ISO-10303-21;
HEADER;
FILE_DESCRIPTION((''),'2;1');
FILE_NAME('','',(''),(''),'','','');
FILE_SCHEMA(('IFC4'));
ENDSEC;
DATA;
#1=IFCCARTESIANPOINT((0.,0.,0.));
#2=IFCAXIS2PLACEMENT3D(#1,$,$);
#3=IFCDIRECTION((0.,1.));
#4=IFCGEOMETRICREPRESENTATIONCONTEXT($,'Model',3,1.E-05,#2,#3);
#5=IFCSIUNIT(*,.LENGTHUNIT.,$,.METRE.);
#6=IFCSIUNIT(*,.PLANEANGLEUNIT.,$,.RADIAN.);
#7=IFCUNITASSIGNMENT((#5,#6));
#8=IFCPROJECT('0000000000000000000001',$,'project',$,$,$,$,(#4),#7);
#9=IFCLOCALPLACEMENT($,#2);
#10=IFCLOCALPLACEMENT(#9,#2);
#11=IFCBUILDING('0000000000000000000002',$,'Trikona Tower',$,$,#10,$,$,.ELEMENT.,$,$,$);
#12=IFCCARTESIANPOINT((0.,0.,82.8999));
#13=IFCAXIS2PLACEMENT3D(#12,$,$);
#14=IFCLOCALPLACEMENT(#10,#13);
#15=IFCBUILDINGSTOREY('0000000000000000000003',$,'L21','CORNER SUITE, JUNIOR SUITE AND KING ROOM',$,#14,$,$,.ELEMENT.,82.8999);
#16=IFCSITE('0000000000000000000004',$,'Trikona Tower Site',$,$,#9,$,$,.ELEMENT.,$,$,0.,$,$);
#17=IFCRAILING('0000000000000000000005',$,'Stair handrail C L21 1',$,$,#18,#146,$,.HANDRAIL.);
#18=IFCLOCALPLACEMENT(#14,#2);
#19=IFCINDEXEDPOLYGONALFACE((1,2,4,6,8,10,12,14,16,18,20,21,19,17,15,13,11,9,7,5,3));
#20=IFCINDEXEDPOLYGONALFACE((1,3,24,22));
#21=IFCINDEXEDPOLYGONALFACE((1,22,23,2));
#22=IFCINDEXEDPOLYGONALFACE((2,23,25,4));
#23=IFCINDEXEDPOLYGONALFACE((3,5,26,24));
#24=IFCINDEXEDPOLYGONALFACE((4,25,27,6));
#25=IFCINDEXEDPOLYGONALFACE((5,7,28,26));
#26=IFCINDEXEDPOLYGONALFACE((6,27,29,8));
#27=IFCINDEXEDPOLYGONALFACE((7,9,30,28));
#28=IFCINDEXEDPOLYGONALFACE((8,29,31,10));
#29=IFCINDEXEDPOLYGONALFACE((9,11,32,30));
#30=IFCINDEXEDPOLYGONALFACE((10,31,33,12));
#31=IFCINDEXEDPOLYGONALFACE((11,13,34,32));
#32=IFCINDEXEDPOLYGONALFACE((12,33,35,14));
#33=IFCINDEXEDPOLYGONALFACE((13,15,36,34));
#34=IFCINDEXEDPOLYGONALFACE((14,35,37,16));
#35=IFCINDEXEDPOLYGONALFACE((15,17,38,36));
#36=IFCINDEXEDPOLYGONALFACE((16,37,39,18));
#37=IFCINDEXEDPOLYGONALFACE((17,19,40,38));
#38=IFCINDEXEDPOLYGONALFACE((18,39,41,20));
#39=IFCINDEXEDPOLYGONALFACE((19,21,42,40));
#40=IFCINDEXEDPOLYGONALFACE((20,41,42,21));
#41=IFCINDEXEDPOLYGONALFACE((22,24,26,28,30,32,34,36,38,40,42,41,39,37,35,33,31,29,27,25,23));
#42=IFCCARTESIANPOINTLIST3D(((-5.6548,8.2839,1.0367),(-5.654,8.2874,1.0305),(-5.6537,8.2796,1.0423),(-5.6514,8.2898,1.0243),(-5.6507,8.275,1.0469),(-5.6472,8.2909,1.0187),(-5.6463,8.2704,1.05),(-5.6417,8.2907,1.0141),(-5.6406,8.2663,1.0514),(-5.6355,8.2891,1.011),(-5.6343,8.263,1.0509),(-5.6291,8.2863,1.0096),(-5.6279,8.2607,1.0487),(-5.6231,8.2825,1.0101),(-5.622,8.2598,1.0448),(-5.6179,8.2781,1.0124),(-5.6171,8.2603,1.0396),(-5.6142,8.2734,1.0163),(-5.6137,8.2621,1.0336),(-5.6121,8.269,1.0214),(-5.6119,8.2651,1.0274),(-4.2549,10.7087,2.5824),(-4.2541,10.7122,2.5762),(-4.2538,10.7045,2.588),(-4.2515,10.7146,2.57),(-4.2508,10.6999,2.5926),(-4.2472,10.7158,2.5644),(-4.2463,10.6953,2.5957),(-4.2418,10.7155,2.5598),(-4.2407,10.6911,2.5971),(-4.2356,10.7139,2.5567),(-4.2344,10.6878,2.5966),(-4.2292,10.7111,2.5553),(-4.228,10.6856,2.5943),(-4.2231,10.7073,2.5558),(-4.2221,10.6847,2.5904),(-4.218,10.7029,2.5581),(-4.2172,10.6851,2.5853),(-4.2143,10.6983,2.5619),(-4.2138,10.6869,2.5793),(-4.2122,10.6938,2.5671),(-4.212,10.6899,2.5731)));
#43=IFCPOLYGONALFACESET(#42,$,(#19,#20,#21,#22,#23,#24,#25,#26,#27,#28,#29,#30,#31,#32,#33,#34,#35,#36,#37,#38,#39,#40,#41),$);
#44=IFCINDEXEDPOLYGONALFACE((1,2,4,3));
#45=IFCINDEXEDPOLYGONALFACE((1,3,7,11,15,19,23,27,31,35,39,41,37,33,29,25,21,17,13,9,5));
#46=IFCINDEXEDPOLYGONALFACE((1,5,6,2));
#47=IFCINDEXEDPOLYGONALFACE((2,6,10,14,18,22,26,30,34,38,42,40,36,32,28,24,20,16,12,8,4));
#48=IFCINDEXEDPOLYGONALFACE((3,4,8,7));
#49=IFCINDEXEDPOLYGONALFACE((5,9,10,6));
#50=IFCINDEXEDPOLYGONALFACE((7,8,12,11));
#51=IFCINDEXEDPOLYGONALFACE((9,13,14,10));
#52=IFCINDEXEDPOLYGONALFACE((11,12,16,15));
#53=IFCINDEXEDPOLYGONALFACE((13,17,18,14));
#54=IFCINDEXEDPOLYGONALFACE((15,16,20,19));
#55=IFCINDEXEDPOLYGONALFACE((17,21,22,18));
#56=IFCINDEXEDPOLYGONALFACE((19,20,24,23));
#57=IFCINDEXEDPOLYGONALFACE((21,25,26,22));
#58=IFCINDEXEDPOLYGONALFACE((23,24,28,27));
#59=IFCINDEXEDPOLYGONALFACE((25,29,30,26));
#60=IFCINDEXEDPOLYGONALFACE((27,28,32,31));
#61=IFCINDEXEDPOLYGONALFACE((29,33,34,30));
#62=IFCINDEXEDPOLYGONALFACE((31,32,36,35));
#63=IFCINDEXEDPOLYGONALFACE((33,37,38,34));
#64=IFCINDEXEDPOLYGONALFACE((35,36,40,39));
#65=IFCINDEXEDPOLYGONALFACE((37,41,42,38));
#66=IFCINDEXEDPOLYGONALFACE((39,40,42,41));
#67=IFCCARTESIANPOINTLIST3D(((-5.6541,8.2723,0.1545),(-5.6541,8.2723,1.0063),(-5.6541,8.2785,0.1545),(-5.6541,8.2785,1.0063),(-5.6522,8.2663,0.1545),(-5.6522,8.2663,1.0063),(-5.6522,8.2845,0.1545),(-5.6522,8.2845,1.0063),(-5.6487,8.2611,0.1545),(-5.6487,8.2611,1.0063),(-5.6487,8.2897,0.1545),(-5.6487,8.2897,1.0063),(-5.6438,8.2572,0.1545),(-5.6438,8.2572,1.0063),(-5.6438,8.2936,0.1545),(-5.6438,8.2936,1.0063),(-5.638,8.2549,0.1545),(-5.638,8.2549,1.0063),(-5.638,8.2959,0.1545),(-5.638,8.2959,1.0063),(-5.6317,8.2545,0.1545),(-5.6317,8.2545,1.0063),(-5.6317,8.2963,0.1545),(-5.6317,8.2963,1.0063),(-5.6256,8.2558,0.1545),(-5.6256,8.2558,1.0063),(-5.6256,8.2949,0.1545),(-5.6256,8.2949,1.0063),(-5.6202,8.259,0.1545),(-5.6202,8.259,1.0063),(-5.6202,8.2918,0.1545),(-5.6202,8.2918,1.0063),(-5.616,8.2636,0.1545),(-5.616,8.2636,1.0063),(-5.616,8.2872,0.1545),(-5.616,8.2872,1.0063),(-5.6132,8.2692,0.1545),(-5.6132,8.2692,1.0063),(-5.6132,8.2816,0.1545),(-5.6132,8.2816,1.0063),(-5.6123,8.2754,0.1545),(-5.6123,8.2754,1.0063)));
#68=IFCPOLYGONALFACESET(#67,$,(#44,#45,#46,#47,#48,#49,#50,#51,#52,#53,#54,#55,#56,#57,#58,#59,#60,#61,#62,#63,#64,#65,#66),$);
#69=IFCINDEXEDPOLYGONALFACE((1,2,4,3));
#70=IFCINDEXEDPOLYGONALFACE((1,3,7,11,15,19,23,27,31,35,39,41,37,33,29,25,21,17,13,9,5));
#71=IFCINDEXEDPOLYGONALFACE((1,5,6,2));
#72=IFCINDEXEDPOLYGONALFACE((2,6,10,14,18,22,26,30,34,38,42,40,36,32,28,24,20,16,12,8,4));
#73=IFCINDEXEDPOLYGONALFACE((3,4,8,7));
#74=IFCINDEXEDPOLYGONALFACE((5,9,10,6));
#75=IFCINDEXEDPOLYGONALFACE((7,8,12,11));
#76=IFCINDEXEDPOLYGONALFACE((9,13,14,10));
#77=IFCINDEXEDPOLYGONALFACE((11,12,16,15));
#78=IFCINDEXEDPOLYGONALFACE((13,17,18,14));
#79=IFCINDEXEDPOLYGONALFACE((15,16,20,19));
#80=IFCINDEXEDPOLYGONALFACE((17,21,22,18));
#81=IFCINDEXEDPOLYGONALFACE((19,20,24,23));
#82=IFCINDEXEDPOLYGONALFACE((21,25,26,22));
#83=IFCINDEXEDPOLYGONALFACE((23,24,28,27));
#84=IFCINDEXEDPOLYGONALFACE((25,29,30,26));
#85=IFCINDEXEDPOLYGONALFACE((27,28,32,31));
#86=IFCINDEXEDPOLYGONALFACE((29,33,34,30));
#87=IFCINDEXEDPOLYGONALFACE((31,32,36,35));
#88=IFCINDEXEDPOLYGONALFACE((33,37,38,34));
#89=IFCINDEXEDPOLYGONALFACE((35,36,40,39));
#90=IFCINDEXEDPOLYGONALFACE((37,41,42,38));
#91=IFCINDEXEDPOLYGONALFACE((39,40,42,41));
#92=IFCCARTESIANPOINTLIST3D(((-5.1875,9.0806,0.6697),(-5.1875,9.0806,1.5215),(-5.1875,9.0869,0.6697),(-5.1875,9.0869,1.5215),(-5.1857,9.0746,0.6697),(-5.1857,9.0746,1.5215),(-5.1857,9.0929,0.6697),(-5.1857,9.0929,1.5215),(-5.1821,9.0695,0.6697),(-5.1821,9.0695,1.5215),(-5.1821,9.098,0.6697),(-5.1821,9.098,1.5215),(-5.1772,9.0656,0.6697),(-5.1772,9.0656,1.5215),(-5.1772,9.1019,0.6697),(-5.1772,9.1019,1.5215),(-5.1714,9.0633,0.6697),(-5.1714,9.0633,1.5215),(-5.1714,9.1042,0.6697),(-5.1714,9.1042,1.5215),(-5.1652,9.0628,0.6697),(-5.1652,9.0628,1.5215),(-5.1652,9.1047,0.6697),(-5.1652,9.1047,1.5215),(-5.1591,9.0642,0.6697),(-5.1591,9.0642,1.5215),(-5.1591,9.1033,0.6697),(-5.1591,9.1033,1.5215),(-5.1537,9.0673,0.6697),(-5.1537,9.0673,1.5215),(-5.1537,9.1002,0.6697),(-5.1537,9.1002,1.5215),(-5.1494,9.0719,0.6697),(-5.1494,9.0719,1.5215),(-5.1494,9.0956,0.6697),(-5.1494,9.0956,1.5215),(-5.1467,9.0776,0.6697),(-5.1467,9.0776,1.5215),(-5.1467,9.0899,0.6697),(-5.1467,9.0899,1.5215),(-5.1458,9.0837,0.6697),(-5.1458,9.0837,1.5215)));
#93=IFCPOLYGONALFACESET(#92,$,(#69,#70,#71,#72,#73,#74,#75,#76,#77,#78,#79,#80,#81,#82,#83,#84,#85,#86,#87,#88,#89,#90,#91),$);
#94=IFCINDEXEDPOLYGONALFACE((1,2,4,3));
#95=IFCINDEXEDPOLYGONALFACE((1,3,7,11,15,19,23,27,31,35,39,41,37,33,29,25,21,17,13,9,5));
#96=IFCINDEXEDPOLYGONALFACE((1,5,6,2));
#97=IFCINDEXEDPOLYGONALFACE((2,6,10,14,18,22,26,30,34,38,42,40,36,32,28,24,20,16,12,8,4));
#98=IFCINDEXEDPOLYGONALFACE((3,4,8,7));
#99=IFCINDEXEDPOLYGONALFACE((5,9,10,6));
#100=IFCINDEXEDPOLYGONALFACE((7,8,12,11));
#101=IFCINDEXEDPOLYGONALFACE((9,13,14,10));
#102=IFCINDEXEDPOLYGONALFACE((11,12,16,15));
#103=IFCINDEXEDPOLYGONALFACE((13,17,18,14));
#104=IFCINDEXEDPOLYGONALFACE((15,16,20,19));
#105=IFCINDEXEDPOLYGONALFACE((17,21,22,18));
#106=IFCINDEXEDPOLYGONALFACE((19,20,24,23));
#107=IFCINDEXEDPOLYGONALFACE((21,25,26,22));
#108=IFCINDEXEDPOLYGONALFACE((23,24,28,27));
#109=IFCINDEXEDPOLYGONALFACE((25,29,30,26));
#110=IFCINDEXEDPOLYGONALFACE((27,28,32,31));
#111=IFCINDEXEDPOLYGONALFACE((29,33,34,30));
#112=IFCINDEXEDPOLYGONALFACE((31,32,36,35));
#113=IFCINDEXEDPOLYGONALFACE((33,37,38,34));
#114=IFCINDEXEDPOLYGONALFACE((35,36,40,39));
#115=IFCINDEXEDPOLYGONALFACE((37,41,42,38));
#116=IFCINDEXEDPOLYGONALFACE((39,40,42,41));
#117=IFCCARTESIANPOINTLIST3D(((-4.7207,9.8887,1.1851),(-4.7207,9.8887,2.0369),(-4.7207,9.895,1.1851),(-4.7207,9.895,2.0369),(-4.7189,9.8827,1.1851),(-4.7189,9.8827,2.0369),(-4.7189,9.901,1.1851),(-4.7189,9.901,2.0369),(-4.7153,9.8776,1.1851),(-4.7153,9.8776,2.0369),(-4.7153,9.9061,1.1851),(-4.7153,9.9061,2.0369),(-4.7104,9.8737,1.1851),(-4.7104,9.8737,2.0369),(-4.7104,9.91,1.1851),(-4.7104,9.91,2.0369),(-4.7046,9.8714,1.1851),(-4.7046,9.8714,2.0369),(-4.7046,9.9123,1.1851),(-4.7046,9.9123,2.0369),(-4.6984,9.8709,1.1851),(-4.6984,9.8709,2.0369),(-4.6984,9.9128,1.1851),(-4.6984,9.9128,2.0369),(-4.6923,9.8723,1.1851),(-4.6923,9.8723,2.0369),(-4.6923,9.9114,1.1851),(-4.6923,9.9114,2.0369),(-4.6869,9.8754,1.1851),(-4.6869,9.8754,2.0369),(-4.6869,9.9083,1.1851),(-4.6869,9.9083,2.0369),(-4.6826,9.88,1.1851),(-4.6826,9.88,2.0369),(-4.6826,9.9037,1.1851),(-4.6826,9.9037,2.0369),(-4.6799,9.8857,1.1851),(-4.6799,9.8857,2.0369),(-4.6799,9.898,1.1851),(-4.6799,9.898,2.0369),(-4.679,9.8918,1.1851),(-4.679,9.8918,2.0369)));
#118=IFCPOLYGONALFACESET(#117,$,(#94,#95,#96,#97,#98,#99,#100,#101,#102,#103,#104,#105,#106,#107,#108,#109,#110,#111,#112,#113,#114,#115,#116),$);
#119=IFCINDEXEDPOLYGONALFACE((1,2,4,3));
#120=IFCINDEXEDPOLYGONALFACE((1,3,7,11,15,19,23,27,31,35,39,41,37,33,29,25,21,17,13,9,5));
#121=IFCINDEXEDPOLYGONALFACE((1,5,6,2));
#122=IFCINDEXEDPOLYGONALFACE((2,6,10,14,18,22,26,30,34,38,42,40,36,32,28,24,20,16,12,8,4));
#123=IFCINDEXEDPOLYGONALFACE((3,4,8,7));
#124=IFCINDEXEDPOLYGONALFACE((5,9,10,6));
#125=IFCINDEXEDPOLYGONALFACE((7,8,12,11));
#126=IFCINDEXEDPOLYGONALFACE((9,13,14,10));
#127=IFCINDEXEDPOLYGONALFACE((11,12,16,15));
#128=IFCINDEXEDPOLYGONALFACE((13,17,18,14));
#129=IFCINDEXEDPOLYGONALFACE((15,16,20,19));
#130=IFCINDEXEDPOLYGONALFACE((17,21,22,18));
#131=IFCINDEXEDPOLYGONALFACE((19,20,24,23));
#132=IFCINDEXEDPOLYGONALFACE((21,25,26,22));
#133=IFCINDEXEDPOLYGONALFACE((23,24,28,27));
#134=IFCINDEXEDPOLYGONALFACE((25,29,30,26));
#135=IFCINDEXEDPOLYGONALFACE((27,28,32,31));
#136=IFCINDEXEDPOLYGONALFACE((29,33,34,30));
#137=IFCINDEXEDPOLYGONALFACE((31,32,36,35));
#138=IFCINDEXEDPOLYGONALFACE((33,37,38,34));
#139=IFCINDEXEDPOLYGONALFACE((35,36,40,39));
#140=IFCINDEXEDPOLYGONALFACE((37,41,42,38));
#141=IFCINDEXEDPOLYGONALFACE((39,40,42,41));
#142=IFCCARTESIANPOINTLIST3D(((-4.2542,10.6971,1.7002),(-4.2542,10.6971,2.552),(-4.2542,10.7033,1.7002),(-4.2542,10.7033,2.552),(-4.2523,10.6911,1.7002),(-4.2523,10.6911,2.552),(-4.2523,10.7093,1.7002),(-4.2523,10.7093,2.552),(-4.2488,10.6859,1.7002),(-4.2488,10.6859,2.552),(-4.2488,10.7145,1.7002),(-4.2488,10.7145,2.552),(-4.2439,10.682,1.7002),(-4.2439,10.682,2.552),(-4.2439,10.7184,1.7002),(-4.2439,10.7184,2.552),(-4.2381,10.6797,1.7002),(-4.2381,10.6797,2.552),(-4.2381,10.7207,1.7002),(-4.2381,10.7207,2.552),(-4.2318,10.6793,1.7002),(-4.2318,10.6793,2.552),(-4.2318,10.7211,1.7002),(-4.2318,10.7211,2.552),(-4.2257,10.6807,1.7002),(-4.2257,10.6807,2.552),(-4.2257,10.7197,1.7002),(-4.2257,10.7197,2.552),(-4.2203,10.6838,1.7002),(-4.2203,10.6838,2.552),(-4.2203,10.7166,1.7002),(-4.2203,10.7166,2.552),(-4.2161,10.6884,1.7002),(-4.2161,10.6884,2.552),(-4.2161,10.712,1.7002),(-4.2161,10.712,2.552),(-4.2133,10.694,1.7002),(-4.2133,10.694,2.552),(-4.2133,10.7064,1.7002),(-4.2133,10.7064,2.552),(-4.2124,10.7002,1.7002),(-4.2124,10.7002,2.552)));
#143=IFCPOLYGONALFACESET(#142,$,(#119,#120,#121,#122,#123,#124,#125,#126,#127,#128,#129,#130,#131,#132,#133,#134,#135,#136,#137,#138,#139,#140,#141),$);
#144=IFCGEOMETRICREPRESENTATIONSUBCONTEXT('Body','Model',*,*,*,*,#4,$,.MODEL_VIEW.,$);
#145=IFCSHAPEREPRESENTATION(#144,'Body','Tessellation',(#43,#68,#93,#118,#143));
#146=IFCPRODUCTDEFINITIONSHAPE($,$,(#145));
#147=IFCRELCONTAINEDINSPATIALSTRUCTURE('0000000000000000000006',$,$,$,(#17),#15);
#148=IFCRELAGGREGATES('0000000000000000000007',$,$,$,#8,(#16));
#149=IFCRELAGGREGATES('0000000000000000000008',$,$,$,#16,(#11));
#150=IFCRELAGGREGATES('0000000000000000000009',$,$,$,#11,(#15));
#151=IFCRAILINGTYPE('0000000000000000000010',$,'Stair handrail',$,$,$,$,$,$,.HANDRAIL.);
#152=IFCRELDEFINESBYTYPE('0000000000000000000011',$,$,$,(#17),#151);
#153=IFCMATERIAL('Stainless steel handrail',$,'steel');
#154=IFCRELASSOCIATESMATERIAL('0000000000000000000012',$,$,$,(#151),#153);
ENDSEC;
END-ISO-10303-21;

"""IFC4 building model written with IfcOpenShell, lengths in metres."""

from ifc_helpers import new_model, si_unit, direction, frame, origin, origin_2d, place, context, subcontext, project, spatial, circle, extrude, material, type_object, element, save


model = new_model("IFC4")

# Units and contexts
model_context = context("Model", 3, precision=1e-05, world=origin(), true_north=direction((0.0, 1.0)))
body_context = subcontext(model_context, "Body", "Model", "MODEL_VIEW")
ifc_project = project(units=[si_unit("LENGTHUNIT", "METRE"), si_unit("PLANEANGLEUNIT", "RADIAN")], contexts=[model_context])

# Site, building, storey
site_placement = place(None, origin())
site = spatial("IfcSite", under=ifc_project, at=site_placement, Name="Trikona Tower Site", CompositionType="ELEMENT", RefElevation=0.0)
building_placement = place(site_placement, origin())
building = spatial("IfcBuilding", under=site, at=building_placement, Name="Trikona Tower", CompositionType="ELEMENT")
storey_placement = place(building_placement, frame((0.0, 0.0, 82.8999)))
storey = spatial("IfcBuildingStorey", under=building, at=storey_placement, Name="L21", Description="CORNER SUITE, JUNIOR SUITE AND KING ROOM", CompositionType="ELEMENT", Elevation=82.8999)

# Railing
ifc_material_1 = material(Name="Stainless steel handrail", Category="steel")
railing_type = type_object("IfcRailingType", Name="Stair handrail", PredefinedType="HANDRAIL", material=ifc_material_1)
railing_1_placement = place(storey_placement, frame((-5.6333, 8.2754, 0.1545)))
element("IfcRailing", 1, at=railing_1_placement, inside=storey, type_object=railing_type, Name="Stair handrail C L21 1", PredefinedType="HANDRAIL", context=body_context, shape_type="SweptSolid", body=[
    extrude(circle(Radius=0.0239, at=origin_2d()), frame((0.0, 0.0, 0.876), z_axis=(0.437716, 0.758179, 0.48329), x_axis=(-0.866035, 0.499984, 0.0)), (0.0, 0.0, 1.0), 3.1982),
    extrude(circle(Radius=0.021, at=origin_2d()), origin(), (0.0, 0.0, 1.0), 0.8518),
    extrude(circle(Radius=0.021, at=origin_2d()), frame((0.4666, 0.8083, 0.5151)), (0.0, 0.0, 1.0), 0.8518),
    extrude(circle(Radius=0.021, at=origin_2d()), frame((0.9333, 1.6165, 1.0305)), (0.0, 0.0, 1.0), 0.8518),
    extrude(circle(Radius=0.021, at=origin_2d()), frame((1.3999, 2.4248, 1.5457)), (0.0, 0.0, 1.0), 0.8518),
])

save(model, "model.ifc")
